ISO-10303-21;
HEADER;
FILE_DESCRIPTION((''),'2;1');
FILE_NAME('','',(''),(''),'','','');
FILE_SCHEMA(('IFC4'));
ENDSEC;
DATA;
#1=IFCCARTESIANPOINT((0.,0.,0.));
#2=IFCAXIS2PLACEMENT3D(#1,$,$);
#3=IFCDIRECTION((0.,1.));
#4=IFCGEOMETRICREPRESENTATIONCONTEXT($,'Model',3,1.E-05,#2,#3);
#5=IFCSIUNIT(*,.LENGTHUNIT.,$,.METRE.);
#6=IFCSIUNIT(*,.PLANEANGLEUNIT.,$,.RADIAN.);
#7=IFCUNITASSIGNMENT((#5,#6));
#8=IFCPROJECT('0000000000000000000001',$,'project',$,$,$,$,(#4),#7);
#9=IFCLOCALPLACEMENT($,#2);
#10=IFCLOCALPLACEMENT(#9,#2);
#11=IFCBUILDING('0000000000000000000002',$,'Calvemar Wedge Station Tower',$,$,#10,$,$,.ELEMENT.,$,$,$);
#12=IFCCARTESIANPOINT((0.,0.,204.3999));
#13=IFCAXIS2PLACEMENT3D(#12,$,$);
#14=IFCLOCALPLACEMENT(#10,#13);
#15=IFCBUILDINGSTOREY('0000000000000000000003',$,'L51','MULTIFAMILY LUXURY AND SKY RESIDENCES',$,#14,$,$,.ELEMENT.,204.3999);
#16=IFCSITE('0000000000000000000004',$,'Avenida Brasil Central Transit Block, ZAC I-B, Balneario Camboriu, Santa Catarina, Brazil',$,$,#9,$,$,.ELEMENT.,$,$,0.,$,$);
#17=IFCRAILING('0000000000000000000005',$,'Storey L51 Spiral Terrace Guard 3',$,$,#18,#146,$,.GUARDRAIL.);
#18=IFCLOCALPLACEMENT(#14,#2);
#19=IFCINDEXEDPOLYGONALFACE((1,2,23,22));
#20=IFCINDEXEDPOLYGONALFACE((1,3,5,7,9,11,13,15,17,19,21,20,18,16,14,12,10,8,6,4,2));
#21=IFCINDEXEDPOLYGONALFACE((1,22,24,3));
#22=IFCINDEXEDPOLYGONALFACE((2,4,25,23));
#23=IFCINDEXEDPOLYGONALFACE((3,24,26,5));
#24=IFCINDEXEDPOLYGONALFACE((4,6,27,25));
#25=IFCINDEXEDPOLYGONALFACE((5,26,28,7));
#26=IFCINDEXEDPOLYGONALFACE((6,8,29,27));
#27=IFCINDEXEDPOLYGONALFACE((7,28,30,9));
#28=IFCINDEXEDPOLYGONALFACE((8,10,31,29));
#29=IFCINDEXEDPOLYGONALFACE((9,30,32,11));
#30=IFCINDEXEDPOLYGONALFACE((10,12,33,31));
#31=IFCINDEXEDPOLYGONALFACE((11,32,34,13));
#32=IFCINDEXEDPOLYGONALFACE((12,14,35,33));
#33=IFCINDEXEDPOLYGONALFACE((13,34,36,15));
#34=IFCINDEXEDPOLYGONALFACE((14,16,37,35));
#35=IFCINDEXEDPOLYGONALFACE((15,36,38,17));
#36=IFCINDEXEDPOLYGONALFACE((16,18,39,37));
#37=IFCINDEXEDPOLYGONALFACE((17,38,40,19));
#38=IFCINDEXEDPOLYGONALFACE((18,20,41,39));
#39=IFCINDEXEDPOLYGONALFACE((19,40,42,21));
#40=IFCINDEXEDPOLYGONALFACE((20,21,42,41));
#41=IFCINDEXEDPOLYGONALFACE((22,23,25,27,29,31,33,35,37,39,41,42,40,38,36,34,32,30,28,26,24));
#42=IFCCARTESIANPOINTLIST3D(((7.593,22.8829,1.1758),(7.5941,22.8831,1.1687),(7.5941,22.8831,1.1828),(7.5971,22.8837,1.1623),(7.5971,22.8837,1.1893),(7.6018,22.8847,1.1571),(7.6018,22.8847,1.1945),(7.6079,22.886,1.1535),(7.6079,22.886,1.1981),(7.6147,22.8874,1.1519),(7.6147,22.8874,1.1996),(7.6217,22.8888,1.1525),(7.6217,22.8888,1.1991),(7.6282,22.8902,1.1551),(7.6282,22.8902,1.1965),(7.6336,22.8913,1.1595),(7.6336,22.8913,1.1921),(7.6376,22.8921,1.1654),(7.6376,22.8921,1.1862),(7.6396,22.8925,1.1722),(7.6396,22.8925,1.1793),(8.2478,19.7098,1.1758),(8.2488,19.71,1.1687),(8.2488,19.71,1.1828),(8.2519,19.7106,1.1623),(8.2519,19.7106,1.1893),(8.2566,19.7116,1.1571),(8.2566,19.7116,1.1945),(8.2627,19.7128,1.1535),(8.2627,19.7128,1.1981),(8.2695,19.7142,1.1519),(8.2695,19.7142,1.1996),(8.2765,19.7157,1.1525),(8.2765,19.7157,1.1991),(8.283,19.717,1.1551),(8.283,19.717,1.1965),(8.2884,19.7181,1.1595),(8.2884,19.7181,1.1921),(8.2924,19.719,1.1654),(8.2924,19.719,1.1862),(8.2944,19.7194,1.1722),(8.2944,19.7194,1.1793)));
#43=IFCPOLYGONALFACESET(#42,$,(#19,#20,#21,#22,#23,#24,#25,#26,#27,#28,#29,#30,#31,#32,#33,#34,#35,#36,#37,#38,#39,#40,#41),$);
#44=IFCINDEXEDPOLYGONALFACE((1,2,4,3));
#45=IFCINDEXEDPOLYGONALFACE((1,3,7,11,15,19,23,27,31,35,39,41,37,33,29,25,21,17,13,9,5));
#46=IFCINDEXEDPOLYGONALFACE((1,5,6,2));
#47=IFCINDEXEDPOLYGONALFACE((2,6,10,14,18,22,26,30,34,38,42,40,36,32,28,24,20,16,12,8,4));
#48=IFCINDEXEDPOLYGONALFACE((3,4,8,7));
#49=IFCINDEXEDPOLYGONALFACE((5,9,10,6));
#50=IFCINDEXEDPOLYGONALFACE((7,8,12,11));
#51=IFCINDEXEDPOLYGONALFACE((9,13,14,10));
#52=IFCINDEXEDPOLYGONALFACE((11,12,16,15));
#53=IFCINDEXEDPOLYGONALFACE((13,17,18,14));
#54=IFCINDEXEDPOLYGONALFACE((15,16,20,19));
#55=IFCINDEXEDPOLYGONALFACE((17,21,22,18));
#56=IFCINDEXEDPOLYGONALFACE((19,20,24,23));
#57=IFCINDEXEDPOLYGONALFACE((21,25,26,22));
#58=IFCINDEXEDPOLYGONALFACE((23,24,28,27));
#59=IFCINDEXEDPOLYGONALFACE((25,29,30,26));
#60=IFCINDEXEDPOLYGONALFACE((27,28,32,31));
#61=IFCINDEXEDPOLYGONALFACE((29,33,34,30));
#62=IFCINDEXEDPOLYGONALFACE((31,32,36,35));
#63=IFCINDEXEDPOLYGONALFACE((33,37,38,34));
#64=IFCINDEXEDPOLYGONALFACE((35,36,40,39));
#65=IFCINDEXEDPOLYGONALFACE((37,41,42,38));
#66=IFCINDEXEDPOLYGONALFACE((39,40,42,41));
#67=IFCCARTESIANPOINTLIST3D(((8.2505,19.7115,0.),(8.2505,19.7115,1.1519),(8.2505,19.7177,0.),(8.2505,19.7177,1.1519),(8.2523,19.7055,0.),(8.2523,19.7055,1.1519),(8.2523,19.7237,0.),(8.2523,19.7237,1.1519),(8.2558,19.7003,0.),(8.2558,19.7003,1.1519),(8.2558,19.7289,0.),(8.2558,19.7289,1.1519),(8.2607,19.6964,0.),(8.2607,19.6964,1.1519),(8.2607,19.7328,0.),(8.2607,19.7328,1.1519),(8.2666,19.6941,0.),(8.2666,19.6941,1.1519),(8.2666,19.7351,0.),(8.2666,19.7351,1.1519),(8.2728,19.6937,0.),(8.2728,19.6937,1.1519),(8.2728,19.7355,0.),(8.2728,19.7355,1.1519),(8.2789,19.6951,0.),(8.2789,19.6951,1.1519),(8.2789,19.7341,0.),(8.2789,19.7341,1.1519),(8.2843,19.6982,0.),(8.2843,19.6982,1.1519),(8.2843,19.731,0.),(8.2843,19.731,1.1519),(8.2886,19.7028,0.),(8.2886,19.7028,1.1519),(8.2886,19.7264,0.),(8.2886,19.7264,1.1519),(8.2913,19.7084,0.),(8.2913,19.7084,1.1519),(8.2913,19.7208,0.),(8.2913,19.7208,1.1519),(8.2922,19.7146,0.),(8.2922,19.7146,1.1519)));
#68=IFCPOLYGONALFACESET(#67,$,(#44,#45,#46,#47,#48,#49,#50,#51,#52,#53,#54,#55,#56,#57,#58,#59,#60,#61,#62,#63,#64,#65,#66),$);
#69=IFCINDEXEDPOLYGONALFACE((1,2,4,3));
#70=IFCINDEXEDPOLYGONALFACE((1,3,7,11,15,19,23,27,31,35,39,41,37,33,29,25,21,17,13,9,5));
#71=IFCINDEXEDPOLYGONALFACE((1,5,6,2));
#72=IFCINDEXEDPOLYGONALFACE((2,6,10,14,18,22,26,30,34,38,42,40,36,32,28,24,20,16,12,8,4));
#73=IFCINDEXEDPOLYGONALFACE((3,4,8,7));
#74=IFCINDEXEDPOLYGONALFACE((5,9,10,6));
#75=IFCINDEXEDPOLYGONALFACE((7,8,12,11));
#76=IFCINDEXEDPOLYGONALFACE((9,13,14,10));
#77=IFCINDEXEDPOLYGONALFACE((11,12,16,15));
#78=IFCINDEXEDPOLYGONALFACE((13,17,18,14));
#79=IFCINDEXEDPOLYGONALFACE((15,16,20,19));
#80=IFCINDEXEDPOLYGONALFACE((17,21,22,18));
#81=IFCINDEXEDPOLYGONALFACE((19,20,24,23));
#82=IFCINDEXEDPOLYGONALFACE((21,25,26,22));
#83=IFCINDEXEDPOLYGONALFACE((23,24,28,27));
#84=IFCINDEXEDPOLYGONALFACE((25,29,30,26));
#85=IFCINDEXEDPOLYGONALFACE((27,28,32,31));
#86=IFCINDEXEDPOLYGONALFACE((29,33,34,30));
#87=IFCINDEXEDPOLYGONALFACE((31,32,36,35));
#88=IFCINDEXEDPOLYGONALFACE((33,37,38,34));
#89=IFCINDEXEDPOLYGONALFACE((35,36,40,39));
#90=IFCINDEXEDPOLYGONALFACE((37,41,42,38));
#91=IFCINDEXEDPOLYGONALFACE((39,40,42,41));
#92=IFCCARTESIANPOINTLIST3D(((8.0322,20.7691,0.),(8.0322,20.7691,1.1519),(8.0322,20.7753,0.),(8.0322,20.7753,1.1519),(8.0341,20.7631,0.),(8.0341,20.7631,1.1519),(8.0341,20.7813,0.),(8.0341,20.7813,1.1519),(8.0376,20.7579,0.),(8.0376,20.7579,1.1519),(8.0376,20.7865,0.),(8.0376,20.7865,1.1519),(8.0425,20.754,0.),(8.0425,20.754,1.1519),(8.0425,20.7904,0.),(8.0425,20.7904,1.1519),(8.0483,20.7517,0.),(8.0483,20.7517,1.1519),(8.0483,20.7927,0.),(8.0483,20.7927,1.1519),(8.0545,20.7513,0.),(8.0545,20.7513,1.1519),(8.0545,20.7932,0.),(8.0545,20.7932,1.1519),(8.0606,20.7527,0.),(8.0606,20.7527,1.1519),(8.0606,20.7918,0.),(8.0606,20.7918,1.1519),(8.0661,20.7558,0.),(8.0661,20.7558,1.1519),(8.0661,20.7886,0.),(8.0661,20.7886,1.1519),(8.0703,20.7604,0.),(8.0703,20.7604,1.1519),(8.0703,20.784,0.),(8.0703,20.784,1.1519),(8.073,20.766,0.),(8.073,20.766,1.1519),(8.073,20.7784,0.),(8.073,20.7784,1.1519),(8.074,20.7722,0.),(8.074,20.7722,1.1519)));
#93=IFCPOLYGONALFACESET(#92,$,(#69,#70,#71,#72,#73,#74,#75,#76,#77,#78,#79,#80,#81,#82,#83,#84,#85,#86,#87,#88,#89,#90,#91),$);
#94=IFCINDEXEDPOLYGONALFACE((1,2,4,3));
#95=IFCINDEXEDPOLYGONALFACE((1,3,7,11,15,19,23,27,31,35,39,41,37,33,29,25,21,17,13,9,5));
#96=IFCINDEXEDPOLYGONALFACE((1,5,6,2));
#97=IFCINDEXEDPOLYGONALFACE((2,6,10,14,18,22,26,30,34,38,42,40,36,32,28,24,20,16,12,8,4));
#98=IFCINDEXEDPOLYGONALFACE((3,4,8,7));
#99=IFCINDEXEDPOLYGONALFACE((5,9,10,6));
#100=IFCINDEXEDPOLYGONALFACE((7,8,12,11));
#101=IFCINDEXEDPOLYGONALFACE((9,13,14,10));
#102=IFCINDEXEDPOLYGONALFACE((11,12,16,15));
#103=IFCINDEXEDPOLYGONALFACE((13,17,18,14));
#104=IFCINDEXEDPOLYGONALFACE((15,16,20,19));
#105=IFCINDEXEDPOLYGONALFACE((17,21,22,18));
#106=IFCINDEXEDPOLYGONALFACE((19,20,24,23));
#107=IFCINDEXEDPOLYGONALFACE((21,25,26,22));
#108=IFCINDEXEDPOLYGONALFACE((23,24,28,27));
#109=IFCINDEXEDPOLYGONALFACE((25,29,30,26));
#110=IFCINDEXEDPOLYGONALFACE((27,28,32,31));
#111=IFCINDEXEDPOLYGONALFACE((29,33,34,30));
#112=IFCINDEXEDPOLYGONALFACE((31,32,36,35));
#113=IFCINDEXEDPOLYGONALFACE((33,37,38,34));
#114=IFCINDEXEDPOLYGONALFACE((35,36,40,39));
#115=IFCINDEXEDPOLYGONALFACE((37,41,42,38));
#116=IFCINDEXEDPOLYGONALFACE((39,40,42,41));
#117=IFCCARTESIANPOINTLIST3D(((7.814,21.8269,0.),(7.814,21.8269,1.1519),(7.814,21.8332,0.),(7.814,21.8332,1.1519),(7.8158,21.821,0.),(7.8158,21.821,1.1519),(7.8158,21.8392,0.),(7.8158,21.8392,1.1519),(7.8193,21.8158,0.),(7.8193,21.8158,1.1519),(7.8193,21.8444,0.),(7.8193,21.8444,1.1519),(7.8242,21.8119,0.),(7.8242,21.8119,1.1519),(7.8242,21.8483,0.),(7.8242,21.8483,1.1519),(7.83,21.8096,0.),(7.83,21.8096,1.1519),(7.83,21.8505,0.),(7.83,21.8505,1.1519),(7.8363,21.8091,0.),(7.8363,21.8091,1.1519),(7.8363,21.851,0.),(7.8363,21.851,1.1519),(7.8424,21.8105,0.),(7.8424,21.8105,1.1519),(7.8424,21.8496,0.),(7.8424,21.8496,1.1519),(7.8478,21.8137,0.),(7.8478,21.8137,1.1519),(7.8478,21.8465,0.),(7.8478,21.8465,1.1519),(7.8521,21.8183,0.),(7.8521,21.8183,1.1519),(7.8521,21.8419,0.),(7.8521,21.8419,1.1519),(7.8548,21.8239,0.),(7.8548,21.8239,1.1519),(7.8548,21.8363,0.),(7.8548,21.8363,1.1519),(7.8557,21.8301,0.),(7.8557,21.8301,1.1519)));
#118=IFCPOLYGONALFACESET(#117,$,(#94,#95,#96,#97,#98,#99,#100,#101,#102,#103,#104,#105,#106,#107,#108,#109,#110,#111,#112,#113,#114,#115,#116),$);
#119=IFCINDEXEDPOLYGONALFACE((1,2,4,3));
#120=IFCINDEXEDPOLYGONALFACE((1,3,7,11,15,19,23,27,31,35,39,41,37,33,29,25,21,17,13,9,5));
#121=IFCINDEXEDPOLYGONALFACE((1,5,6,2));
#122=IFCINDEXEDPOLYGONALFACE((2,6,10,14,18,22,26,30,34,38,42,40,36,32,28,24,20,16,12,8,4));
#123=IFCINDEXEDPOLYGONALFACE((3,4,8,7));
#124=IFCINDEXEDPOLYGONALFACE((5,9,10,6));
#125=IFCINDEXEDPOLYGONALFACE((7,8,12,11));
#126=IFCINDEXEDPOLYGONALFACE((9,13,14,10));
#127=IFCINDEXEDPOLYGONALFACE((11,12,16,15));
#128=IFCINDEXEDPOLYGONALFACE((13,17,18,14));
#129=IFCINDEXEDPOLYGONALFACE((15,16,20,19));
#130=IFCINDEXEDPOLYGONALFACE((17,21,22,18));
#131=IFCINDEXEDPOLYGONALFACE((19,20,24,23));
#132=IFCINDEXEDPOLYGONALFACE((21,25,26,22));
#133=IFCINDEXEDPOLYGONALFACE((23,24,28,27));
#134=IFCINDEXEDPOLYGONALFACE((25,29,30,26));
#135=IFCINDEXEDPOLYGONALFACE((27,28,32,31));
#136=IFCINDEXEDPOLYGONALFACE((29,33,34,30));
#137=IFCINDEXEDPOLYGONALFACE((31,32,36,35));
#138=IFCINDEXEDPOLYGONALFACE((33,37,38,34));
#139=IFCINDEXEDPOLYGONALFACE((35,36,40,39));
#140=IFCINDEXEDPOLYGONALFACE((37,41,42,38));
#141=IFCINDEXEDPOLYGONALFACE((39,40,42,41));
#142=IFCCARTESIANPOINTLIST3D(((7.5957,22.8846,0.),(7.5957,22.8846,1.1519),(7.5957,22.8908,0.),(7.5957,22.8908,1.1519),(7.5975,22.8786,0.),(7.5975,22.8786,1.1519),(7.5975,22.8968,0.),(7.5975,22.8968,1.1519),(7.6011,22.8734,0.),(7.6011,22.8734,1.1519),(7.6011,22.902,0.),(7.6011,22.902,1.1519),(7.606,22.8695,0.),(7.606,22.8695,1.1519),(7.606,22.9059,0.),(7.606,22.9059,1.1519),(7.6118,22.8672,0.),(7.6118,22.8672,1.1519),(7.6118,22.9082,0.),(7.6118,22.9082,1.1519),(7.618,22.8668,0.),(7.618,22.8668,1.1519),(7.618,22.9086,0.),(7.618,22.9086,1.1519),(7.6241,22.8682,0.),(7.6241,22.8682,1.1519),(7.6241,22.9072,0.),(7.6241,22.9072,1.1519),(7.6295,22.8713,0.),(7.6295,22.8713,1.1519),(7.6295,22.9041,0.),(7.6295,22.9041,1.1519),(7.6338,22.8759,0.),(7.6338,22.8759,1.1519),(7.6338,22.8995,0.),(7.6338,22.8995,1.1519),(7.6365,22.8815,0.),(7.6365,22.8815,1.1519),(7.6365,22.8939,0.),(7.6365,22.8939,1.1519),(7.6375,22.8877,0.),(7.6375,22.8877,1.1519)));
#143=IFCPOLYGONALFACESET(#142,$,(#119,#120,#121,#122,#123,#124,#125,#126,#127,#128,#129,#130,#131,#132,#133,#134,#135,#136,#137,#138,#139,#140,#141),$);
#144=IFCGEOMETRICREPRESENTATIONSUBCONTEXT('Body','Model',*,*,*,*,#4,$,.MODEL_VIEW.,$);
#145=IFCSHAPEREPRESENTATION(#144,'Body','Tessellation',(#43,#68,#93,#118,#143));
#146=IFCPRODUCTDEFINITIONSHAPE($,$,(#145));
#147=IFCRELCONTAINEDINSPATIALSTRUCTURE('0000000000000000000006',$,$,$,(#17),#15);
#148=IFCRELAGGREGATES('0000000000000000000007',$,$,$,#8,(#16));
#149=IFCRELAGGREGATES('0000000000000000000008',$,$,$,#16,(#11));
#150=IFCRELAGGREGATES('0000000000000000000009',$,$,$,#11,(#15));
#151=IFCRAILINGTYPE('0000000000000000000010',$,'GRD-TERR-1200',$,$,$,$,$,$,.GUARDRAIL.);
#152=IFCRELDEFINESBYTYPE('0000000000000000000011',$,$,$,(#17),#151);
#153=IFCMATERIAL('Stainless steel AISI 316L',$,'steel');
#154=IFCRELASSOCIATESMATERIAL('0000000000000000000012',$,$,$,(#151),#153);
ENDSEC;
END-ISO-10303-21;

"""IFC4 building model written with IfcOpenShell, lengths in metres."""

from ifc_helpers import new_model, si_unit, direction, frame, origin, origin_2d, place, context, subcontext, project, spatial, circle, extrude, material, type_object, element, save


model = new_model("IFC4")

# Units and contexts
model_context = context("Model", 3, precision=1e-05, world=origin(), true_north=direction((0.0, 1.0)))
body_context = subcontext(model_context, "Body", "Model", "MODEL_VIEW")
ifc_project = project(units=[si_unit("LENGTHUNIT", "METRE"), si_unit("PLANEANGLEUNIT", "RADIAN")], contexts=[model_context])

# Site, building, storey
site_placement = place(None, origin())
site = spatial("IfcSite", under=ifc_project, at=site_placement, Name="Avenida Brasil Central Transit Block, ZAC I-B, Balneario Camboriu, Santa Catarina, Brazil", CompositionType="ELEMENT", RefElevation=0.0)
building_placement = place(site_placement, origin())
building = spatial("IfcBuilding", under=site, at=building_placement, Name="Calvemar Wedge Station Tower", CompositionType="ELEMENT")
storey_placement = place(building_placement, frame((0.0, 0.0, 204.3999)))
storey = spatial("IfcBuildingStorey", under=building, at=storey_placement, Name="L51", Description="MULTIFAMILY LUXURY AND SKY RESIDENCES", CompositionType="ELEMENT", Elevation=204.3999)

# Railing
ifc_material_1 = material(Name="Stainless steel AISI 316L", Category="steel")
railing_type = type_object("IfcRailingType", Name="GRD-TERR-1200", PredefinedType="GUARDRAIL", material=ifc_material_1)
railing_1_placement = place(storey_placement, frame((8.2712, 19.7146, 0.0)))
element("IfcRailing", 1, at=railing_1_placement, inside=storey, type_object=railing_type, Name="Storey L51 Spiral Terrace Guard 3", PredefinedType="GUARDRAIL", context=body_context, shape_type="SweptSolid", body=[
    extrude(circle(Radius=0.0239, at=origin_2d()), frame((0.0, 0.0, 1.1758), z_axis=(-0.202097, 0.979365, 0.0), x_axis=(-0.979365, -0.202097, 0.0)), (0.0, 0.0, 1.0), 3.24),
    extrude(circle(Radius=0.021, at=origin_2d()), origin(), (0.0, 0.0, 1.0), 1.1519),
    extrude(circle(Radius=0.021, at=origin_2d()), frame((-0.2183, 1.0576, 0.0)), (0.0, 0.0, 1.0), 1.1519),
    extrude(circle(Radius=0.021, at=origin_2d()), frame((-0.4365, 2.1155, 0.0)), (0.0, 0.0, 1.0), 1.1519),
    extrude(circle(Radius=0.021, at=origin_2d()), frame((-0.6548, 3.1731, 0.0)), (0.0, 0.0, 1.0), 1.1519),
])

save(model, "model.ifc")
